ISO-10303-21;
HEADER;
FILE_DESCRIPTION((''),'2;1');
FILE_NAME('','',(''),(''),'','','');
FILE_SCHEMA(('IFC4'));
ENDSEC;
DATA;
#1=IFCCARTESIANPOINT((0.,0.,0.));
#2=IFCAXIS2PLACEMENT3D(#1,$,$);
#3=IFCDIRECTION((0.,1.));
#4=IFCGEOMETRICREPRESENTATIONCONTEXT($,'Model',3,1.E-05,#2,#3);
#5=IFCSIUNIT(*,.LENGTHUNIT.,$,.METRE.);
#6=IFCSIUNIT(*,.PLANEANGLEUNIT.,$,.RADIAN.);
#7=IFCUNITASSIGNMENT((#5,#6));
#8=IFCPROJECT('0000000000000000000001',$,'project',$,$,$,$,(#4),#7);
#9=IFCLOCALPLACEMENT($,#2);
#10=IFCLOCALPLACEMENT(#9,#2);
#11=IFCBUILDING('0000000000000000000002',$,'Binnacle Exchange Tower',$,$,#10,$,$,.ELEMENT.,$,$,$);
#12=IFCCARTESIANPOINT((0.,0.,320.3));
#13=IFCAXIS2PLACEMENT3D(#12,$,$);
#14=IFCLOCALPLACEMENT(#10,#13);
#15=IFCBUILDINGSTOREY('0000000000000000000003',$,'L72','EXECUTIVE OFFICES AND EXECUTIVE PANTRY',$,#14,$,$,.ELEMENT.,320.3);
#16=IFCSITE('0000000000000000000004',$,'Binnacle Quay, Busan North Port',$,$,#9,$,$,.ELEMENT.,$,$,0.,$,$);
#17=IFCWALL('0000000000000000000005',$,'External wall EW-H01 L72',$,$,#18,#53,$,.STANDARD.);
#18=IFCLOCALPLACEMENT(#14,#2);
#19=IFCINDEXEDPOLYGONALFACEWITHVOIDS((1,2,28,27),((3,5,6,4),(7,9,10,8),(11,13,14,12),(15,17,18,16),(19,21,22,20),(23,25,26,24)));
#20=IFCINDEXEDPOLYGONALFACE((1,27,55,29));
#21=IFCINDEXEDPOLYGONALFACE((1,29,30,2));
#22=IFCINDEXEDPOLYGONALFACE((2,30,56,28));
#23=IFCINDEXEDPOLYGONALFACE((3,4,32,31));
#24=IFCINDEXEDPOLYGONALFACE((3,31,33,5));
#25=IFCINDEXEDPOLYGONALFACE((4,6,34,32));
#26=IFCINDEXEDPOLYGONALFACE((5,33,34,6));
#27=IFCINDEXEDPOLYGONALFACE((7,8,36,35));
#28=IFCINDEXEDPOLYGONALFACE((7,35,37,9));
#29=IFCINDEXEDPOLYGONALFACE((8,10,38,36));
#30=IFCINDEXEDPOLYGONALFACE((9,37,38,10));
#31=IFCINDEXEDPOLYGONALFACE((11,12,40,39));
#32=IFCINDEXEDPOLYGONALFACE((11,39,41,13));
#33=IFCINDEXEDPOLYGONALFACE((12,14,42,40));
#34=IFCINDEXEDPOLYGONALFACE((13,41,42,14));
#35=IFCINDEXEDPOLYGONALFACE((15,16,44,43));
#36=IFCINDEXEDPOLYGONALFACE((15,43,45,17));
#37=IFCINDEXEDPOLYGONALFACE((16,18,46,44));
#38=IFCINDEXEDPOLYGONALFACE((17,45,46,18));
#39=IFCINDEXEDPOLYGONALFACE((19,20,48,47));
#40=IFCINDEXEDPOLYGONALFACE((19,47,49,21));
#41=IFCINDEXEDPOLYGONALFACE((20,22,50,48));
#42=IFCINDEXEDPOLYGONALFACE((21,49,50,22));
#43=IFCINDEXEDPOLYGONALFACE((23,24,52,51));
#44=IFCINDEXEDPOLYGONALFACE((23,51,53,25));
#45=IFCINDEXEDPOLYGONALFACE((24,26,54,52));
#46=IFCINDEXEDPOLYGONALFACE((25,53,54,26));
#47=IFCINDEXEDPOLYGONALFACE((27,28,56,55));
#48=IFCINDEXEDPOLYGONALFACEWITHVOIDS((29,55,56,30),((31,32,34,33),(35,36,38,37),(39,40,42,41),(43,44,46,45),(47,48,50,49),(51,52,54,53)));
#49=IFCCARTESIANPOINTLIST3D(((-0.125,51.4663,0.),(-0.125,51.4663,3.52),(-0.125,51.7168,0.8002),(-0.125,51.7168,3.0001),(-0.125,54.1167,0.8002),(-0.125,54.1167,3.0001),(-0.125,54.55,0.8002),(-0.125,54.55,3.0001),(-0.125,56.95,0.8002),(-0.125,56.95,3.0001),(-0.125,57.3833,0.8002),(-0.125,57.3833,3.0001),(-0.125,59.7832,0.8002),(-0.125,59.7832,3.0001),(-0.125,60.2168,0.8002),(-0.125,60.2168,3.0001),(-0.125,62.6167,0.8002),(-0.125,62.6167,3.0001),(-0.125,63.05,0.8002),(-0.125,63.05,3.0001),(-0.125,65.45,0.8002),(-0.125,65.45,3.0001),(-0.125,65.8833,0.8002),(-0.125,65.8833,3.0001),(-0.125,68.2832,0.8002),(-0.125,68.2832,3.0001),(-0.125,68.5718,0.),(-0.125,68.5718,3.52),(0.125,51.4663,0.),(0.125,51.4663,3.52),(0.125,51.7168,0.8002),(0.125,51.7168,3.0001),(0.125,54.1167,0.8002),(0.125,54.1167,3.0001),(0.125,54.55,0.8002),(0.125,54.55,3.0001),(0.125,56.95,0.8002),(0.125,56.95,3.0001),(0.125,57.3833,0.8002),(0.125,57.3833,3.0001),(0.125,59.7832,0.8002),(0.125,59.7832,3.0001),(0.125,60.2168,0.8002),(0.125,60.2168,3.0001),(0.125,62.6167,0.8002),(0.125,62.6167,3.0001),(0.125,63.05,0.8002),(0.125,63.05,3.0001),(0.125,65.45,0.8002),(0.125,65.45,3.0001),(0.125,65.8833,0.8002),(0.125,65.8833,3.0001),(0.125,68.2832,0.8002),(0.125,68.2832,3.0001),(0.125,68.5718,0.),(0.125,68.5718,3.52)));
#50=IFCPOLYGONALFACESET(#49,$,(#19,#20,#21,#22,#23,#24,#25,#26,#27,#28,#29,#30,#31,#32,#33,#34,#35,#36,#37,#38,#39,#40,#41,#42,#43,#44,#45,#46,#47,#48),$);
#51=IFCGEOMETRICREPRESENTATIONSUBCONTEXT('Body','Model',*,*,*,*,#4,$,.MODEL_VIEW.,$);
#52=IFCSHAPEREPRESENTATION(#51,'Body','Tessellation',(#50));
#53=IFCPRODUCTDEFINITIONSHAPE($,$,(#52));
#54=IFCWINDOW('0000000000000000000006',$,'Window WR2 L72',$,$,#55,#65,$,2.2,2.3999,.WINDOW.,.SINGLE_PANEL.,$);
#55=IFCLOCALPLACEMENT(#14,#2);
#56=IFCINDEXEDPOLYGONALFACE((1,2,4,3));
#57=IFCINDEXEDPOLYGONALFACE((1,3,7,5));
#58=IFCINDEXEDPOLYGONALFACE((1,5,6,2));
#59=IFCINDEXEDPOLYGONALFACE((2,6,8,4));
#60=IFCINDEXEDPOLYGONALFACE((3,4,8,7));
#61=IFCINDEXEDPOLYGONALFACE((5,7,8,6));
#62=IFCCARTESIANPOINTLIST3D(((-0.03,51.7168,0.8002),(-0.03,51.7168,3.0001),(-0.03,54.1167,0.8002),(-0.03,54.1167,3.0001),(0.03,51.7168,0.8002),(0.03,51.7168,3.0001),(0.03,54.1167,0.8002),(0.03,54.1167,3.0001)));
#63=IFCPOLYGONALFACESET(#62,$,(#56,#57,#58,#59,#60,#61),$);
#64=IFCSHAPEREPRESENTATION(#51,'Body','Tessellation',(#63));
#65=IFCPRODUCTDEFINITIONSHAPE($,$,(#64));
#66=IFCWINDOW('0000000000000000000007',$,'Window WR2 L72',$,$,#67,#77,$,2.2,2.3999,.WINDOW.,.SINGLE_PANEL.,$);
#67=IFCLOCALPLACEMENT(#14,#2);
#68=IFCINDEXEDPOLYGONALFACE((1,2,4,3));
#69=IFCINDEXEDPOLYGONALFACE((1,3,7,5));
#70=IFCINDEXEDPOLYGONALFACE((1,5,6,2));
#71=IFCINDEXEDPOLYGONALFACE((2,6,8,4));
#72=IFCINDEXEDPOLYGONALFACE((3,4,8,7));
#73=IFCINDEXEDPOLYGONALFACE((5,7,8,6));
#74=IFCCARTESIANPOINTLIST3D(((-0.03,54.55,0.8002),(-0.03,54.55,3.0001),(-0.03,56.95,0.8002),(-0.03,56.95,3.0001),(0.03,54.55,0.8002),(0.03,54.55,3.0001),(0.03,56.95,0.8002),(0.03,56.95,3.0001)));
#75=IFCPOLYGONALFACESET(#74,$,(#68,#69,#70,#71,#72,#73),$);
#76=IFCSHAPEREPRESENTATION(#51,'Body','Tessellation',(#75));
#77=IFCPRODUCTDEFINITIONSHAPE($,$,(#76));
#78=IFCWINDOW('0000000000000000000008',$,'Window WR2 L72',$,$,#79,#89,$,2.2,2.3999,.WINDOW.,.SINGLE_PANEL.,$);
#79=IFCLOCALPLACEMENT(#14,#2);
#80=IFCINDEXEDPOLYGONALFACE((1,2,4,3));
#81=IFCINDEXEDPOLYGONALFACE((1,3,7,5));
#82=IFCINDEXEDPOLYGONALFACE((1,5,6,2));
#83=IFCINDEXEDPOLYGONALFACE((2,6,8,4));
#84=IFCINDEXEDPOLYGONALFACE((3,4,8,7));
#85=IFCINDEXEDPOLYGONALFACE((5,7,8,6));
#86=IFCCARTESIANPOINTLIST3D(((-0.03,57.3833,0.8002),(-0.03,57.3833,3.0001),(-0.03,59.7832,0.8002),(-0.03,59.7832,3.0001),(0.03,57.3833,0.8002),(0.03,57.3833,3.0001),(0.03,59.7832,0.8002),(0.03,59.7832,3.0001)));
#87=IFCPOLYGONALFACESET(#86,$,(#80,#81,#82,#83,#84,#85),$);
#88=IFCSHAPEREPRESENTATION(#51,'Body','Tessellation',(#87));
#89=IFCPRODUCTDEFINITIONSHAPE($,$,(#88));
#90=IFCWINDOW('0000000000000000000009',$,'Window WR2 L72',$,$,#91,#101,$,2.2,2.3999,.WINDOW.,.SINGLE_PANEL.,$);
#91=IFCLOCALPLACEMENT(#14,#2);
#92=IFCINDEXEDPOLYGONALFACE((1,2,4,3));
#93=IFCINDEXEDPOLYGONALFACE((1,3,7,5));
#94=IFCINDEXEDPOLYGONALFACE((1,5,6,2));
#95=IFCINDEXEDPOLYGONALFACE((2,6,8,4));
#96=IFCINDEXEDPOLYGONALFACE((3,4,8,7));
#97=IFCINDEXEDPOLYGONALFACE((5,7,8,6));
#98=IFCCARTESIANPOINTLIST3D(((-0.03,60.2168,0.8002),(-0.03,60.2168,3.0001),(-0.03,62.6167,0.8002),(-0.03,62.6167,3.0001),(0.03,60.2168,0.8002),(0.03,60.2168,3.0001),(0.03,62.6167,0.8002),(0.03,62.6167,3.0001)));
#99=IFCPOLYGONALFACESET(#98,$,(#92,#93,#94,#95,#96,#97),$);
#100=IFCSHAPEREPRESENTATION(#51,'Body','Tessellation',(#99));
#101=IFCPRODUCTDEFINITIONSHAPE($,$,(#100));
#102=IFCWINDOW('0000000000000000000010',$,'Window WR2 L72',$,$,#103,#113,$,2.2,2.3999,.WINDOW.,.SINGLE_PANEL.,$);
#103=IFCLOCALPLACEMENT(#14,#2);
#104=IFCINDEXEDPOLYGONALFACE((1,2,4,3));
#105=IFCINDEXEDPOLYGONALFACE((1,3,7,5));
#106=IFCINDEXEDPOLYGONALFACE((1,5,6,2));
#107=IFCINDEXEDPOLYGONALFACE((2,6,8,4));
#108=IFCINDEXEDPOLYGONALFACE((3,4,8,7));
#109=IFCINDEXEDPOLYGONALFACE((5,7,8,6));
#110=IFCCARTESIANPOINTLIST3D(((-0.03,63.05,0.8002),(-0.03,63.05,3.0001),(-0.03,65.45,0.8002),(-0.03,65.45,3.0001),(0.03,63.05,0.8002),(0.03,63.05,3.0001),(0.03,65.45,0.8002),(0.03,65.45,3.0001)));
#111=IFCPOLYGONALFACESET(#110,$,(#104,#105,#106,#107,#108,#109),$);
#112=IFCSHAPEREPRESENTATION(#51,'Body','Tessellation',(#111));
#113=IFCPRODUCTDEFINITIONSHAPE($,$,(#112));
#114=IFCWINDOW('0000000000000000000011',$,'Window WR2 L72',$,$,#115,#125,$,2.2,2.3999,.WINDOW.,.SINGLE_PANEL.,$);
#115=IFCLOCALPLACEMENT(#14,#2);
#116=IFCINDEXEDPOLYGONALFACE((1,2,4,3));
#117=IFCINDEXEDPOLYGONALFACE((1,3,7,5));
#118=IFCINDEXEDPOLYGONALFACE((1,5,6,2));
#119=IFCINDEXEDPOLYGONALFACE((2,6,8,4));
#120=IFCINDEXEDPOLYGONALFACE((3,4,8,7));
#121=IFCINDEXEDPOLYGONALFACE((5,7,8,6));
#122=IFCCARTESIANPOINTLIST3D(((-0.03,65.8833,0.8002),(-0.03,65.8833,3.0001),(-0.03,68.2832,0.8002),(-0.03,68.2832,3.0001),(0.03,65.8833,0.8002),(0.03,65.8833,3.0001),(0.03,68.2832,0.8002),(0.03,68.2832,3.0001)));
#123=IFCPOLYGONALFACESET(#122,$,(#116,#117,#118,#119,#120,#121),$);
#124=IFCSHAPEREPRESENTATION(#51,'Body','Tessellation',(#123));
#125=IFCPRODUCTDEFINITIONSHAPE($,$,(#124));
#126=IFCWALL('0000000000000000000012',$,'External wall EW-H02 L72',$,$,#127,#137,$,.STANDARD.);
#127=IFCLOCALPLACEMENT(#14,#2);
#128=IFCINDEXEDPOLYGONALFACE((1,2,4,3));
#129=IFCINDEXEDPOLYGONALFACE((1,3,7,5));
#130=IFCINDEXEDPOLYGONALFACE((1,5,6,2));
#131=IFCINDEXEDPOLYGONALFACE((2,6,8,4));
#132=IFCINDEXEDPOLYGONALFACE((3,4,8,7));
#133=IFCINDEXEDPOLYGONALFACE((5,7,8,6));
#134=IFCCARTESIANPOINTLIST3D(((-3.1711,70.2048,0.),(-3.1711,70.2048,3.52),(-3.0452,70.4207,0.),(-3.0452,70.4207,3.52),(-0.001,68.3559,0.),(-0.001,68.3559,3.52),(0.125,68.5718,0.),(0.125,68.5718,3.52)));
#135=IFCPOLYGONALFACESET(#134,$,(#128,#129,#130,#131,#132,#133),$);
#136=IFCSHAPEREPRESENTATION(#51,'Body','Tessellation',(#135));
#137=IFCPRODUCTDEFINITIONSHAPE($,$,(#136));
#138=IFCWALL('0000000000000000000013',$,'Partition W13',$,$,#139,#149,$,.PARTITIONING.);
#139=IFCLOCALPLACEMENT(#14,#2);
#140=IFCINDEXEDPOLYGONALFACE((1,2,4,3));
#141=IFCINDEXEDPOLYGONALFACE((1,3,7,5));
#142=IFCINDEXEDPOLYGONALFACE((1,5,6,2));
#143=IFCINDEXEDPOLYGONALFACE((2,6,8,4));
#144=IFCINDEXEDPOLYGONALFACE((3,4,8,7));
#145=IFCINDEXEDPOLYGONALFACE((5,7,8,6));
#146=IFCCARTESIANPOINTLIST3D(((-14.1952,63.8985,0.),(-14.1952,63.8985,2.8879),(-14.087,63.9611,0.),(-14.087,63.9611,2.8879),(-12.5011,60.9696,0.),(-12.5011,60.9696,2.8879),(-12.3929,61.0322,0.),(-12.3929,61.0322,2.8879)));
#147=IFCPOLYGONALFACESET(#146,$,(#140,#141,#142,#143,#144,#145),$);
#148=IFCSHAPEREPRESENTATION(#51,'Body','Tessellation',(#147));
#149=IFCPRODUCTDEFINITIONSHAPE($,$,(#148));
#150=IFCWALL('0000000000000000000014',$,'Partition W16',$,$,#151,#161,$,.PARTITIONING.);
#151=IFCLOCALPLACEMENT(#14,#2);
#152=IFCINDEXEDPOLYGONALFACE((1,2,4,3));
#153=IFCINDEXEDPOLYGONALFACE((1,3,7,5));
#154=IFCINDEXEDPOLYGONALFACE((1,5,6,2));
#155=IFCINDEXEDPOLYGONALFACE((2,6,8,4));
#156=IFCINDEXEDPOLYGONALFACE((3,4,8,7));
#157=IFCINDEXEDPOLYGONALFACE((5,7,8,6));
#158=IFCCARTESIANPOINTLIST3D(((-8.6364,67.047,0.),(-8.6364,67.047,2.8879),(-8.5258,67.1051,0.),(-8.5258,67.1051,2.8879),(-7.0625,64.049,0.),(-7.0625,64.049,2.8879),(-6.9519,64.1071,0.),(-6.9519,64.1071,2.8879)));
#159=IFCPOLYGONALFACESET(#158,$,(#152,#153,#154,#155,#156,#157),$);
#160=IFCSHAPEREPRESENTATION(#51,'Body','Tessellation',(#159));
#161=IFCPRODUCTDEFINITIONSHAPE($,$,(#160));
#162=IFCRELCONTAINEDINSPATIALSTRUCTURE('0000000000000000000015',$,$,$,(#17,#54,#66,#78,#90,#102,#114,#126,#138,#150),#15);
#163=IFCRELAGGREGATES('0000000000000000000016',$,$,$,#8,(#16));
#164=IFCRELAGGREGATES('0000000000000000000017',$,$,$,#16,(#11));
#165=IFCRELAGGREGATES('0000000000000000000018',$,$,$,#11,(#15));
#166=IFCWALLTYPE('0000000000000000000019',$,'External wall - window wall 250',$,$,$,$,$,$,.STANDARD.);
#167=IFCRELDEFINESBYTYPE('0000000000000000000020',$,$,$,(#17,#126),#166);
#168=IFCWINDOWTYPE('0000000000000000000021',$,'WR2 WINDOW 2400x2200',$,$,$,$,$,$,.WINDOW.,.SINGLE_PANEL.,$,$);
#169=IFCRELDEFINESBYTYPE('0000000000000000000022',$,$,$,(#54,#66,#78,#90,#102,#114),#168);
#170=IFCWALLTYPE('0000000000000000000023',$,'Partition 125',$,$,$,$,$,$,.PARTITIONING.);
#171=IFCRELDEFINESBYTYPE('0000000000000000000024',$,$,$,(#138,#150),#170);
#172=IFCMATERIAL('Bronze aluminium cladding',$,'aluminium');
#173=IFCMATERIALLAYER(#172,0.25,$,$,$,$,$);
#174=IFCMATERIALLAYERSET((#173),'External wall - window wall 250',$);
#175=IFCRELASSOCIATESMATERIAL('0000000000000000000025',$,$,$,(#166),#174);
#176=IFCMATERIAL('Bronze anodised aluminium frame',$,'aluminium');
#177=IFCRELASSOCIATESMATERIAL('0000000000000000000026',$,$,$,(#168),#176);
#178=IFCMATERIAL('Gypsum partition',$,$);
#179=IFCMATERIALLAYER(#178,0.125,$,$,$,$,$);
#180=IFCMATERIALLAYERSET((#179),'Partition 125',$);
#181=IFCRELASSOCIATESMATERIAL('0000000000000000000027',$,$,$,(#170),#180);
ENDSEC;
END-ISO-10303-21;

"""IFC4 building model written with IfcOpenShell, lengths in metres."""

from ifc_helpers import new_model, si_unit, direction, frame, frame_2d, origin, place, context, subcontext, project, spatial, rectangle, extrude, material, layer, layer_set, type_object, element, fill, save


model = new_model("IFC4")

# Units and contexts
model_context = context("Model", 3, precision=1e-05, world=origin(), true_north=direction((0.0, 1.0)))
body_context = subcontext(model_context, "Body", "Model", "MODEL_VIEW")
ifc_project = project(units=[si_unit("LENGTHUNIT", "METRE"), si_unit("PLANEANGLEUNIT", "RADIAN")], contexts=[model_context])

# Site, building, storey
site_placement = place(None, origin())
site = spatial("IfcSite", under=ifc_project, at=site_placement, Name="Binnacle Quay, Busan North Port", CompositionType="ELEMENT", RefElevation=0.0)
building_placement = place(site_placement, origin())
building = spatial("IfcBuilding", under=site, at=building_placement, Name="Binnacle Exchange Tower", CompositionType="ELEMENT")
storey_placement = place(building_placement, frame((0.0, 0.0, 320.3)))
storey = spatial("IfcBuildingStorey", under=building, at=storey_placement, Name="L72", Description="EXECUTIVE OFFICES AND EXECUTIVE PANTRY", CompositionType="ELEMENT", Elevation=320.3)

# Shared definitions
ifc_material_1 = material(Name="Bronze anodised aluminium frame", Category="aluminium")

# Wall, openings, windows
ifc_material_2 = material(Name="Bronze aluminium cladding", Category="aluminium")
ifc_layer_1 = layer(ifc_material_2, 0.25)
ifc_layer_set_1 = layer_set([ifc_layer_1], Name="External wall - window wall 250")
wall_type_1 = type_object("IfcWallType", Name="External wall - window wall 250", PredefinedType="STANDARD", material=ifc_layer_set_1)
wall_1_placement = place(storey_placement, frame((0.0, 68.5718, 0.0), z_axis=(0.0, 0.0, 1.0), x_axis=(0.0, -1.0, 0.0)))
wall_1 = element("IfcWall", 1, at=wall_1_placement, inside=storey, type_object=wall_type_1, Name="External wall EW-H01 L72", PredefinedType="STANDARD", context=body_context, shape_type="SweptSolid", body=[
    extrude(rectangle(XDim=17.1055, YDim=0.25, at=frame_2d((8.5527, 0.0))), origin(), (0.0, 0.0, 1.0), 3.52),
])
opening_1_placement = place(wall_1_placement, frame((14.4551, 0.0, 0.8)))
opening_1 = element("IfcOpeningElement", 2, at=opening_1_placement, cuts=wall_1, PredefinedType="OPENING", context=body_context, shape_type="SweptSolid", body=[
    extrude(rectangle(XDim=2.3999, YDim=2.2, at=frame_2d((1.2, 1.1001))), frame((0.0, 0.135, 0.0), z_axis=(0.0, -1.0, 0.0), x_axis=(1.0, 0.0, 0.0)), (0.0, 0.0, 1.0), 0.27),
])
opening_2_placement = place(wall_1_placement, frame((11.6218, 0.0, 0.8)))
opening_2 = element("IfcOpeningElement", 3, at=opening_2_placement, cuts=wall_1, PredefinedType="OPENING", context=body_context, shape_type="SweptSolid", body=[
    extrude(rectangle(XDim=2.3999, YDim=2.2, at=frame_2d((1.2, 1.1001))), frame((0.0, 0.135, 0.0), z_axis=(0.0, -1.0, 0.0), x_axis=(1.0, 0.0, 0.0)), (0.0, 0.0, 1.0), 0.27),
])
opening_3_placement = place(wall_1_placement, frame((8.7886, 0.0, 0.8)))
opening_3 = element("IfcOpeningElement", 4, at=opening_3_placement, cuts=wall_1, PredefinedType="OPENING", context=body_context, shape_type="SweptSolid", body=[
    extrude(rectangle(XDim=2.3999, YDim=2.2, at=frame_2d((1.2, 1.1001))), frame((0.0, 0.135, 0.0), z_axis=(0.0, -1.0, 0.0), x_axis=(1.0, 0.0, 0.0)), (0.0, 0.0, 1.0), 0.27),
])
opening_4_placement = place(wall_1_placement, frame((5.9551, 0.0, 0.8)))
opening_4 = element("IfcOpeningElement", 5, at=opening_4_placement, cuts=wall_1, PredefinedType="OPENING", context=body_context, shape_type="SweptSolid", body=[
    extrude(rectangle(XDim=2.3999, YDim=2.2, at=frame_2d((1.2, 1.1001))), frame((0.0, 0.135, 0.0), z_axis=(0.0, -1.0, 0.0), x_axis=(1.0, 0.0, 0.0)), (0.0, 0.0, 1.0), 0.27),
])
opening_5_placement = place(wall_1_placement, frame((3.1218, 0.0, 0.8)))
opening_5 = element("IfcOpeningElement", 6, at=opening_5_placement, cuts=wall_1, PredefinedType="OPENING", context=body_context, shape_type="SweptSolid", body=[
    extrude(rectangle(XDim=2.3999, YDim=2.2, at=frame_2d((1.2, 1.1001))), frame((0.0, 0.135, 0.0), z_axis=(0.0, -1.0, 0.0), x_axis=(1.0, 0.0, 0.0)), (0.0, 0.0, 1.0), 0.27),
])
opening_6_placement = place(wall_1_placement, frame((0.2886, 0.0, 0.8)))
opening_6 = element("IfcOpeningElement", 7, at=opening_6_placement, cuts=wall_1, PredefinedType="OPENING", context=body_context, shape_type="SweptSolid", body=[
    extrude(rectangle(XDim=2.3999, YDim=2.2, at=frame_2d((1.2, 1.1001))), frame((0.0, 0.135, 0.0), z_axis=(0.0, -1.0, 0.0), x_axis=(1.0, 0.0, 0.0)), (0.0, 0.0, 1.0), 0.27),
])
window_type = type_object("IfcWindowType", Name="WR2 WINDOW 2400x2200", PartitioningType="SINGLE_PANEL", PredefinedType="WINDOW", material=ifc_material_1)
window_1_placement = place(opening_1_placement, origin())
window_1 = element("IfcWindow", 8, at=window_1_placement, inside=storey, type_object=window_type, Name="Window WR2 L72", OverallHeight=2.2, OverallWidth=2.3999, PartitioningType="SINGLE_PANEL", PredefinedType="WINDOW", context=body_context, shape_type="SweptSolid", body=[
    extrude(rectangle(XDim=2.3999, YDim=2.2, at=frame_2d((1.2, 1.1001))), frame((0.0, 0.03, 0.0), z_axis=(0.0, -1.0, 0.0), x_axis=(1.0, 0.0, 0.0)), (0.0, 0.0, 1.0), 0.0601),
])
fill(opening_1, window_1)
window_2_placement = place(opening_2_placement, origin())
window_2 = element("IfcWindow", 9, at=window_2_placement, inside=storey, type_object=window_type, Name="Window WR2 L72", OverallHeight=2.2, OverallWidth=2.3999, PartitioningType="SINGLE_PANEL", PredefinedType="WINDOW", context=body_context, shape_type="SweptSolid", body=[
    extrude(rectangle(XDim=2.3999, YDim=2.2, at=frame_2d((1.2, 1.1001))), frame((0.0, 0.03, 0.0), z_axis=(0.0, -1.0, 0.0), x_axis=(1.0, 0.0, 0.0)), (0.0, 0.0, 1.0), 0.0601),
])
fill(opening_2, window_2)
window_3_placement = place(opening_3_placement, origin())
window_3 = element("IfcWindow", 10, at=window_3_placement, inside=storey, type_object=window_type, Name="Window WR2 L72", OverallHeight=2.2, OverallWidth=2.3999, PartitioningType="SINGLE_PANEL", PredefinedType="WINDOW", context=body_context, shape_type="SweptSolid", body=[
    extrude(rectangle(XDim=2.3999, YDim=2.2, at=frame_2d((1.2, 1.1001))), frame((0.0, 0.03, 0.0), z_axis=(0.0, -1.0, 0.0), x_axis=(1.0, 0.0, 0.0)), (0.0, 0.0, 1.0), 0.0601),
])
fill(opening_3, window_3)
window_4_placement = place(opening_4_placement, origin())
window_4 = element("IfcWindow", 11, at=window_4_placement, inside=storey, type_object=window_type, Name="Window WR2 L72", OverallHeight=2.2, OverallWidth=2.3999, PartitioningType="SINGLE_PANEL", PredefinedType="WINDOW", context=body_context, shape_type="SweptSolid", body=[
    extrude(rectangle(XDim=2.3999, YDim=2.2, at=frame_2d((1.2, 1.1001))), frame((0.0, 0.03, 0.0), z_axis=(0.0, -1.0, 0.0), x_axis=(1.0, 0.0, 0.0)), (0.0, 0.0, 1.0), 0.0601),
])
fill(opening_4, window_4)
window_5_placement = place(opening_5_placement, origin())
window_5 = element("IfcWindow", 12, at=window_5_placement, inside=storey, type_object=window_type, Name="Window WR2 L72", OverallHeight=2.2, OverallWidth=2.3999, PartitioningType="SINGLE_PANEL", PredefinedType="WINDOW", context=body_context, shape_type="SweptSolid", body=[
    extrude(rectangle(XDim=2.3999, YDim=2.2, at=frame_2d((1.2, 1.1001))), frame((0.0, 0.03, 0.0), z_axis=(0.0, -1.0, 0.0), x_axis=(1.0, 0.0, 0.0)), (0.0, 0.0, 1.0), 0.0601),
])
fill(opening_5, window_5)
window_6_placement = place(opening_6_placement, origin())
window_6 = element("IfcWindow", 13, at=window_6_placement, inside=storey, type_object=window_type, Name="Window WR2 L72", OverallHeight=2.2, OverallWidth=2.3999, PartitioningType="SINGLE_PANEL", PredefinedType="WINDOW", context=body_context, shape_type="SweptSolid", body=[
    extrude(rectangle(XDim=2.3999, YDim=2.2, at=frame_2d((1.2, 1.1001))), frame((0.0, 0.03, 0.0), z_axis=(0.0, -1.0, 0.0), x_axis=(1.0, 0.0, 0.0)), (0.0, 0.0, 1.0), 0.0601),
])
fill(opening_6, window_6)

# Walls
wall_2_placement = place(storey_placement, frame((-3.1082, 70.3127, 0.0), z_axis=(0.0, 0.0, 1.0), x_axis=(0.863825, -0.503792, 0.0)))
element("IfcWall", 14, at=wall_2_placement, inside=storey, type_object=wall_type_1, Name="External wall EW-H02 L72", PredefinedType="STANDARD", context=body_context, shape_type="SweptSolid", body=[
    extrude(rectangle(XDim=3.6699, YDim=0.25, at=frame_2d((1.835, 0.0))), origin(), (0.0, 0.0, 1.0), 3.52),
])
ifc_material_3 = material(Name="Gypsum partition")
ifc_layer_2 = layer(ifc_material_3, 0.125)
ifc_layer_set_2 = layer_set([ifc_layer_2], Name="Partition 125")
wall_type_2 = type_object("IfcWallType", Name="Partition 125", PredefinedType="PARTITIONING", material=ifc_layer_set_2)
wall_3_placement = place(storey_placement, frame((-14.1411, 63.9299, 0.0), z_axis=(0.0, 0.0, 1.0), x_axis=(0.500678, -0.865634, 0.0)))
element("IfcWall", 15, at=wall_3_placement, inside=storey, type_object=wall_type_2, Name="Partition W13", PredefinedType="PARTITIONING", context=body_context, shape_type="SweptSolid", body=[
    extrude(rectangle(XDim=3.3835, YDim=0.125, at=frame_2d((1.6919, 0.0))), origin(), (0.0, 0.0, 1.0), 2.8879),
])
wall_4_placement = place(storey_placement, frame((-8.5811, 67.0759, 0.0), z_axis=(0.0, 0.0, 1.0), x_axis=(0.464834, -0.885398, 0.0)))
element("IfcWall", 16, at=wall_4_placement, inside=storey, type_object=wall_type_2, Name="Partition W16", PredefinedType="PARTITIONING", context=body_context, shape_type="SweptSolid", body=[
    extrude(rectangle(XDim=3.386, YDim=0.125, at=frame_2d((1.6929, 0.0))), origin(), (0.0, 0.0, 1.0), 2.8879),
])

save(model, "model.ifc")
